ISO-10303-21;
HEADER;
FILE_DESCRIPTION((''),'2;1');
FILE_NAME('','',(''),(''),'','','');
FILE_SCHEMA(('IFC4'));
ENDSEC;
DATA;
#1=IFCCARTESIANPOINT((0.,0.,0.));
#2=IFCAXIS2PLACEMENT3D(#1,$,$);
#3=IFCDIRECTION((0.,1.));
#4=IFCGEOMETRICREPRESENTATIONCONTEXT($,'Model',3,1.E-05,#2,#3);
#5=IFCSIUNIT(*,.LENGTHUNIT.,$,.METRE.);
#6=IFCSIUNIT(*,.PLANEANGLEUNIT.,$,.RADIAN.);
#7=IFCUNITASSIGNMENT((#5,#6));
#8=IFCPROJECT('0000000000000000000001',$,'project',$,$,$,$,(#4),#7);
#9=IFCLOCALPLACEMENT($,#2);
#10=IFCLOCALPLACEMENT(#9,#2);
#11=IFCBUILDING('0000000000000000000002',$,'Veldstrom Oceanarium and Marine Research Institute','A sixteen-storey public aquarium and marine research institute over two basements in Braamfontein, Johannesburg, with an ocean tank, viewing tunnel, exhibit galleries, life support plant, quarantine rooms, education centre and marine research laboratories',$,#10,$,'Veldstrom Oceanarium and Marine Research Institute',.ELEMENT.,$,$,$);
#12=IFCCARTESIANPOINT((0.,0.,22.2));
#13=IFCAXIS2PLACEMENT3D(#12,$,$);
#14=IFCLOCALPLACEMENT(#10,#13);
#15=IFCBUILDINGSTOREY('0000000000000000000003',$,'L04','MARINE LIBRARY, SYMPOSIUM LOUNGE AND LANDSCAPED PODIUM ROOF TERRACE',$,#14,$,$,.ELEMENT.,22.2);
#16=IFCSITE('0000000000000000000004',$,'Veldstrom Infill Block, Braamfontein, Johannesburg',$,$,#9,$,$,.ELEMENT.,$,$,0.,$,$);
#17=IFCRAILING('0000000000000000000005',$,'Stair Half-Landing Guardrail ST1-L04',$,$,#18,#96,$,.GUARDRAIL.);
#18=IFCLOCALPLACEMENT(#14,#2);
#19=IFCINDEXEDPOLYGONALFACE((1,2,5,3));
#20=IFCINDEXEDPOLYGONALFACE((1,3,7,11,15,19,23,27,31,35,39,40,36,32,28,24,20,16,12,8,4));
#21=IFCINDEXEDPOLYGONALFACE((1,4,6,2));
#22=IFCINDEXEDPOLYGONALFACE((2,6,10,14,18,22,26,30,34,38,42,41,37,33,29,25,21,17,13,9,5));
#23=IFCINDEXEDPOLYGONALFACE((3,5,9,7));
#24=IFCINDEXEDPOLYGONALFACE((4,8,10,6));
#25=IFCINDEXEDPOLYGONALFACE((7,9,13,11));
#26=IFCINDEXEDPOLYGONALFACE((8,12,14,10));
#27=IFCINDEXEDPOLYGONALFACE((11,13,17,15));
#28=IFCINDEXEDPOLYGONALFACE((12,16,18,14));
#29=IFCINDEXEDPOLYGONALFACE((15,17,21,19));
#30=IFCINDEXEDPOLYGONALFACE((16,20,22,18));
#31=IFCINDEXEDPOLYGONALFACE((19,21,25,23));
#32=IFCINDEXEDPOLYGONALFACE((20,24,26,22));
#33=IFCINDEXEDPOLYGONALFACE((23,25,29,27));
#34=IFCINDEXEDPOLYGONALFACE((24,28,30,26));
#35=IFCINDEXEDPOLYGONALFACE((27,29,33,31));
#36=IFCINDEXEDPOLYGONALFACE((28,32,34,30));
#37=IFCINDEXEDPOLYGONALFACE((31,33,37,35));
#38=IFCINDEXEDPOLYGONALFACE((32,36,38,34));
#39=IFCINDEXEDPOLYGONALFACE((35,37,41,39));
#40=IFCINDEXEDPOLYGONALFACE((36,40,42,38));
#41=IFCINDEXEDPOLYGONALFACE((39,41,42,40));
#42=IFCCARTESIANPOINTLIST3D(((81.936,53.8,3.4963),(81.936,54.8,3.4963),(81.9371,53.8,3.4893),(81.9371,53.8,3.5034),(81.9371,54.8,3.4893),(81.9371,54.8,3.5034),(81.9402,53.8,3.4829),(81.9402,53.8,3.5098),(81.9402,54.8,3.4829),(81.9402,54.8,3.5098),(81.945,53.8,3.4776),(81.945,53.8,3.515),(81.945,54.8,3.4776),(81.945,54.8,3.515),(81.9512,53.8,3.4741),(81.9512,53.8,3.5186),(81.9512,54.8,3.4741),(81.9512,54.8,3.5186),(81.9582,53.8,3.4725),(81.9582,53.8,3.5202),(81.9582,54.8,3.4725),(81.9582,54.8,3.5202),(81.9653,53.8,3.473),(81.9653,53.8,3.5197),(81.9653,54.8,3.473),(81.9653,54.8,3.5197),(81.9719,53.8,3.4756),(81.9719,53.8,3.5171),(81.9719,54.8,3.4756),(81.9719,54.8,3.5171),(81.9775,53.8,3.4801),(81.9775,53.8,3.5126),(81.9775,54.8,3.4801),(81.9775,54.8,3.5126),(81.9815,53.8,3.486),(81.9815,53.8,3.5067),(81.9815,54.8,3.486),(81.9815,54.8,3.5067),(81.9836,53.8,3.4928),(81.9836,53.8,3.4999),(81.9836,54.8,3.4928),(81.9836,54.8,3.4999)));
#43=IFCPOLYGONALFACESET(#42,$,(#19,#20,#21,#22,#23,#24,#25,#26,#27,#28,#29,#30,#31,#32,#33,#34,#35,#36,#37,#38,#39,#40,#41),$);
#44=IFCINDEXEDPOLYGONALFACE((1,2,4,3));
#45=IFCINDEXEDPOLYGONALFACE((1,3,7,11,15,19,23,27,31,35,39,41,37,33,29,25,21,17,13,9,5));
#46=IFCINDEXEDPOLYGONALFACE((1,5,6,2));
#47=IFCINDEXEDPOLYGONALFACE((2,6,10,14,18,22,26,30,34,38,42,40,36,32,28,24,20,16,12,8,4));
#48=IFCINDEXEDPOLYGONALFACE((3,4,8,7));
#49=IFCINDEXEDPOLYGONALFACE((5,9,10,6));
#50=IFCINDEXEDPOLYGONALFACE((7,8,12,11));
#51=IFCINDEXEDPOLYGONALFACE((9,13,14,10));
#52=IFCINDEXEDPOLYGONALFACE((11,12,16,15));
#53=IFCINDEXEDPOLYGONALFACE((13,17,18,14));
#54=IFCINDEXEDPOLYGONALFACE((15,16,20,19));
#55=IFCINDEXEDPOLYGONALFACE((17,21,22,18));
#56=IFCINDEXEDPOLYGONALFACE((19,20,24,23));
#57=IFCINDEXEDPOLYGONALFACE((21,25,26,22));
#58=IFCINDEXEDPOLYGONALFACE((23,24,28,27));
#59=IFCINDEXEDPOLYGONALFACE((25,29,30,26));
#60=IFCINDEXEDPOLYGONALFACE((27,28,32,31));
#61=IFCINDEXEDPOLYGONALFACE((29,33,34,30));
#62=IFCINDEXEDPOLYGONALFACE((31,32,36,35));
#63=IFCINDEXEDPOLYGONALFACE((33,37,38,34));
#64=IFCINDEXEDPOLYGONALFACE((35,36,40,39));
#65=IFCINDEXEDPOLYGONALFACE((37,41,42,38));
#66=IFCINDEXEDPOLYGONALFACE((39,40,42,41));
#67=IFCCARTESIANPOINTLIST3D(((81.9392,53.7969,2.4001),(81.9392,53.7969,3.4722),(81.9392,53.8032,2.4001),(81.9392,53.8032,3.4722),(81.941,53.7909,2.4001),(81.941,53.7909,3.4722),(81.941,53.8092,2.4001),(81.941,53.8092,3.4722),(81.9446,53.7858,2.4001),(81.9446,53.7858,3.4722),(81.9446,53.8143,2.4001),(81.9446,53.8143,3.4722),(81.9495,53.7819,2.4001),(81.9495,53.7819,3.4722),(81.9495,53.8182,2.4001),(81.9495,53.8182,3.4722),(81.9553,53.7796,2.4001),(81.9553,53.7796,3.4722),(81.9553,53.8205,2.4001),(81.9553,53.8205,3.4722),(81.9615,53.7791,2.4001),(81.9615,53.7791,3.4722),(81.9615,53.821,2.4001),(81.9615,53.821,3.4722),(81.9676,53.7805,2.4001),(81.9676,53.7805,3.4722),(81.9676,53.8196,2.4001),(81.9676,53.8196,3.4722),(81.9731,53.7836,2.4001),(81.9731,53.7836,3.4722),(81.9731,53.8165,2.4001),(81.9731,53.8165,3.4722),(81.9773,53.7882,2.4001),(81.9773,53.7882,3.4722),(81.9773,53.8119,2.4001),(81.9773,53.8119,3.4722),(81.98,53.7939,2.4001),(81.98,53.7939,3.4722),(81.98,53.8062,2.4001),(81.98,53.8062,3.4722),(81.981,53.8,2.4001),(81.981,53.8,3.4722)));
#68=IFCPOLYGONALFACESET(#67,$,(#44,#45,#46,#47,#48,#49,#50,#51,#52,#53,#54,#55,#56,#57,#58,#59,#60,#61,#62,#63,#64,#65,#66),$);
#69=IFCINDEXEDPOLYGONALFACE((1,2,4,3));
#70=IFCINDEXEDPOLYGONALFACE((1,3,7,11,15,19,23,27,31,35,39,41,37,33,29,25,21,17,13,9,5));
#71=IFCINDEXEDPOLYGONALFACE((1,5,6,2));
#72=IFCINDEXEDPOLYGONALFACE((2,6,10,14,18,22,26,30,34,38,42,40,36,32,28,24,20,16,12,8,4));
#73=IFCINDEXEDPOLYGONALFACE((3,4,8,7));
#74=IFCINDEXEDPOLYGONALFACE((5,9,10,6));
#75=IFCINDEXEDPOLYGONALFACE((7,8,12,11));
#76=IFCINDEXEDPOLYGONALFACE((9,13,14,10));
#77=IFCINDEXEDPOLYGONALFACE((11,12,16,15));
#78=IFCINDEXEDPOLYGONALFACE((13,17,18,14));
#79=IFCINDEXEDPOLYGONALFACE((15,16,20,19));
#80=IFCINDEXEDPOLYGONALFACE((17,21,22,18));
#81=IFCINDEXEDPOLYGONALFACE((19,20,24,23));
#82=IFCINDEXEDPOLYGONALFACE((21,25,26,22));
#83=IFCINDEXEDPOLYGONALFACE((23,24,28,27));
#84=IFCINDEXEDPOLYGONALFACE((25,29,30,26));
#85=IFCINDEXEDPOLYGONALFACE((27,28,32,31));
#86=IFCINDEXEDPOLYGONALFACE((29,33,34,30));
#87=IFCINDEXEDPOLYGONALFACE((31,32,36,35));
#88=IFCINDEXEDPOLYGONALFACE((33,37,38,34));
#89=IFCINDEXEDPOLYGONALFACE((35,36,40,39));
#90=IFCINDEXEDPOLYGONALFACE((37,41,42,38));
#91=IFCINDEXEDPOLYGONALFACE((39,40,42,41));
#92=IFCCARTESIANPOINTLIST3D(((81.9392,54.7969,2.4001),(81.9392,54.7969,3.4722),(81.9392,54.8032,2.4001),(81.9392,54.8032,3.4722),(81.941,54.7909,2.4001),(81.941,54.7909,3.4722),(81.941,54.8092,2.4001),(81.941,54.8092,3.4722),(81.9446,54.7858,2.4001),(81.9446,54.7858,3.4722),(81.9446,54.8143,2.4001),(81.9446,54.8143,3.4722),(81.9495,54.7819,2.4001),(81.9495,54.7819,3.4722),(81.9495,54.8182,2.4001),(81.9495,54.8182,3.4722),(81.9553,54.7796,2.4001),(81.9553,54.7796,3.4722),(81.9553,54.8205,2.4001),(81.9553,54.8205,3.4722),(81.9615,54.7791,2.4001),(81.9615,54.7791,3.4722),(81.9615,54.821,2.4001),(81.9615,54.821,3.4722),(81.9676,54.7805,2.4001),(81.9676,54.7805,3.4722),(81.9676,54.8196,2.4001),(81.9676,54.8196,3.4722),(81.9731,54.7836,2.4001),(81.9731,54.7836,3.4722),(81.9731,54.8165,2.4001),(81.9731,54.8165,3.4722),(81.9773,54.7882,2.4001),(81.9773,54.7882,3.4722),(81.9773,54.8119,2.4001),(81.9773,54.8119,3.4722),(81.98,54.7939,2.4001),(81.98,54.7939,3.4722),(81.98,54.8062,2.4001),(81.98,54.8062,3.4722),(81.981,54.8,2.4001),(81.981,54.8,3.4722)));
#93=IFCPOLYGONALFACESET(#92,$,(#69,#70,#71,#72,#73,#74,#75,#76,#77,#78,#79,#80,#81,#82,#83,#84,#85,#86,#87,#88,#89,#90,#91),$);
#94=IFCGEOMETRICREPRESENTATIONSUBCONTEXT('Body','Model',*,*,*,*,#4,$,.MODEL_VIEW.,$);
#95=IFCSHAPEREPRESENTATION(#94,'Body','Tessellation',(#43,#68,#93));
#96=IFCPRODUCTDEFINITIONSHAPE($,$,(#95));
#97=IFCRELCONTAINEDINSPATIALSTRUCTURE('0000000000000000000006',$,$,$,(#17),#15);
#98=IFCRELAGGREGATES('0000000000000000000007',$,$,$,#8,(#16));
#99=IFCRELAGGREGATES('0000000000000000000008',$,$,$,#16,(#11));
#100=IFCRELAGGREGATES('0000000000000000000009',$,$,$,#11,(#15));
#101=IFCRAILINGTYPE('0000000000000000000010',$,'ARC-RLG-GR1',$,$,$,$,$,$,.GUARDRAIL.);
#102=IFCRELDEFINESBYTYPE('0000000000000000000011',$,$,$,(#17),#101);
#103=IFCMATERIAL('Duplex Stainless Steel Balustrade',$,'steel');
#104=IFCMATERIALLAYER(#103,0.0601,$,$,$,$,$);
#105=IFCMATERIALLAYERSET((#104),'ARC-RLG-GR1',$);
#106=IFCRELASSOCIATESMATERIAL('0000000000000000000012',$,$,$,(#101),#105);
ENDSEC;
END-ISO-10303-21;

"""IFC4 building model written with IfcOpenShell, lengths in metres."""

from ifc_helpers import new_model, si_unit, direction, frame, origin, origin_2d, place, context, subcontext, project, spatial, circle, extrude, material, layer, layer_set, type_object, element, save


model = new_model("IFC4")

# Units and contexts
model_context = context("Model", 3, precision=1e-05, world=origin(), true_north=direction((0.0, 1.0)))
body_context = subcontext(model_context, "Body", "Model", "MODEL_VIEW")
ifc_project = project(units=[si_unit("LENGTHUNIT", "METRE"), si_unit("PLANEANGLEUNIT", "RADIAN")], contexts=[model_context])

# Site, building, storey
site_placement = place(None, origin())
site = spatial("IfcSite", under=ifc_project, at=site_placement, Name="Veldstrom Infill Block, Braamfontein, Johannesburg", CompositionType="ELEMENT", RefElevation=0.0)
building_placement = place(site_placement, origin())
building = spatial("IfcBuilding", under=site, at=building_placement, Name="Veldstrom Oceanarium and Marine Research Institute", Description="A sixteen-storey public aquarium and marine research institute over two basements in Braamfontein, Johannesburg, with an ocean tank, viewing tunnel, exhibit galleries, life support plant, quarantine rooms, education centre and marine research laboratories", LongName="Veldstrom Oceanarium and Marine Research Institute", CompositionType="ELEMENT")
storey_placement = place(building_placement, frame((0.0, 0.0, 22.2)))
storey = spatial("IfcBuildingStorey", under=building, at=storey_placement, Name="L04", Description="MARINE LIBRARY, SYMPOSIUM LOUNGE AND LANDSCAPED PODIUM ROOF TERRACE", CompositionType="ELEMENT", Elevation=22.2)

# Railing
ifc_material_1 = material(Name="Duplex Stainless Steel Balustrade", Category="steel")
ifc_layer_1 = layer(ifc_material_1, 0.0601)
ifc_layer_set_1 = layer_set([ifc_layer_1], Name="ARC-RLG-GR1")
railing_type_1 = type_object("IfcRailingType", Name="ARC-RLG-GR1", PredefinedType="GUARDRAIL", material=ifc_layer_set_1)
railing_1_placement = place(storey_placement, frame((81.96, 53.8, 2.4001)))
element("IfcRailing", 1, at=railing_1_placement, inside=storey, type_object=railing_type_1, Name="Stair Half-Landing Guardrail ST1-L04", PredefinedType="GUARDRAIL", context=body_context, shape_type="SweptSolid", body=[
    extrude(circle(Radius=0.0239, at=origin_2d()), frame((0.0, 0.0, 1.0962), z_axis=(0.0, 1.0, 0.0), x_axis=(-1.0, 0.0, 0.0)), (0.0, 0.0, 1.0), 1.0),
    extrude(circle(Radius=0.021, at=origin_2d()), origin(), (0.0, 0.0, 1.0), 1.072),
    extrude(circle(Radius=0.021, at=origin_2d()), frame((0.0, 1.0, 0.0)), (0.0, 0.0, 1.0), 1.072),
])

save(model, "model.ifc")
